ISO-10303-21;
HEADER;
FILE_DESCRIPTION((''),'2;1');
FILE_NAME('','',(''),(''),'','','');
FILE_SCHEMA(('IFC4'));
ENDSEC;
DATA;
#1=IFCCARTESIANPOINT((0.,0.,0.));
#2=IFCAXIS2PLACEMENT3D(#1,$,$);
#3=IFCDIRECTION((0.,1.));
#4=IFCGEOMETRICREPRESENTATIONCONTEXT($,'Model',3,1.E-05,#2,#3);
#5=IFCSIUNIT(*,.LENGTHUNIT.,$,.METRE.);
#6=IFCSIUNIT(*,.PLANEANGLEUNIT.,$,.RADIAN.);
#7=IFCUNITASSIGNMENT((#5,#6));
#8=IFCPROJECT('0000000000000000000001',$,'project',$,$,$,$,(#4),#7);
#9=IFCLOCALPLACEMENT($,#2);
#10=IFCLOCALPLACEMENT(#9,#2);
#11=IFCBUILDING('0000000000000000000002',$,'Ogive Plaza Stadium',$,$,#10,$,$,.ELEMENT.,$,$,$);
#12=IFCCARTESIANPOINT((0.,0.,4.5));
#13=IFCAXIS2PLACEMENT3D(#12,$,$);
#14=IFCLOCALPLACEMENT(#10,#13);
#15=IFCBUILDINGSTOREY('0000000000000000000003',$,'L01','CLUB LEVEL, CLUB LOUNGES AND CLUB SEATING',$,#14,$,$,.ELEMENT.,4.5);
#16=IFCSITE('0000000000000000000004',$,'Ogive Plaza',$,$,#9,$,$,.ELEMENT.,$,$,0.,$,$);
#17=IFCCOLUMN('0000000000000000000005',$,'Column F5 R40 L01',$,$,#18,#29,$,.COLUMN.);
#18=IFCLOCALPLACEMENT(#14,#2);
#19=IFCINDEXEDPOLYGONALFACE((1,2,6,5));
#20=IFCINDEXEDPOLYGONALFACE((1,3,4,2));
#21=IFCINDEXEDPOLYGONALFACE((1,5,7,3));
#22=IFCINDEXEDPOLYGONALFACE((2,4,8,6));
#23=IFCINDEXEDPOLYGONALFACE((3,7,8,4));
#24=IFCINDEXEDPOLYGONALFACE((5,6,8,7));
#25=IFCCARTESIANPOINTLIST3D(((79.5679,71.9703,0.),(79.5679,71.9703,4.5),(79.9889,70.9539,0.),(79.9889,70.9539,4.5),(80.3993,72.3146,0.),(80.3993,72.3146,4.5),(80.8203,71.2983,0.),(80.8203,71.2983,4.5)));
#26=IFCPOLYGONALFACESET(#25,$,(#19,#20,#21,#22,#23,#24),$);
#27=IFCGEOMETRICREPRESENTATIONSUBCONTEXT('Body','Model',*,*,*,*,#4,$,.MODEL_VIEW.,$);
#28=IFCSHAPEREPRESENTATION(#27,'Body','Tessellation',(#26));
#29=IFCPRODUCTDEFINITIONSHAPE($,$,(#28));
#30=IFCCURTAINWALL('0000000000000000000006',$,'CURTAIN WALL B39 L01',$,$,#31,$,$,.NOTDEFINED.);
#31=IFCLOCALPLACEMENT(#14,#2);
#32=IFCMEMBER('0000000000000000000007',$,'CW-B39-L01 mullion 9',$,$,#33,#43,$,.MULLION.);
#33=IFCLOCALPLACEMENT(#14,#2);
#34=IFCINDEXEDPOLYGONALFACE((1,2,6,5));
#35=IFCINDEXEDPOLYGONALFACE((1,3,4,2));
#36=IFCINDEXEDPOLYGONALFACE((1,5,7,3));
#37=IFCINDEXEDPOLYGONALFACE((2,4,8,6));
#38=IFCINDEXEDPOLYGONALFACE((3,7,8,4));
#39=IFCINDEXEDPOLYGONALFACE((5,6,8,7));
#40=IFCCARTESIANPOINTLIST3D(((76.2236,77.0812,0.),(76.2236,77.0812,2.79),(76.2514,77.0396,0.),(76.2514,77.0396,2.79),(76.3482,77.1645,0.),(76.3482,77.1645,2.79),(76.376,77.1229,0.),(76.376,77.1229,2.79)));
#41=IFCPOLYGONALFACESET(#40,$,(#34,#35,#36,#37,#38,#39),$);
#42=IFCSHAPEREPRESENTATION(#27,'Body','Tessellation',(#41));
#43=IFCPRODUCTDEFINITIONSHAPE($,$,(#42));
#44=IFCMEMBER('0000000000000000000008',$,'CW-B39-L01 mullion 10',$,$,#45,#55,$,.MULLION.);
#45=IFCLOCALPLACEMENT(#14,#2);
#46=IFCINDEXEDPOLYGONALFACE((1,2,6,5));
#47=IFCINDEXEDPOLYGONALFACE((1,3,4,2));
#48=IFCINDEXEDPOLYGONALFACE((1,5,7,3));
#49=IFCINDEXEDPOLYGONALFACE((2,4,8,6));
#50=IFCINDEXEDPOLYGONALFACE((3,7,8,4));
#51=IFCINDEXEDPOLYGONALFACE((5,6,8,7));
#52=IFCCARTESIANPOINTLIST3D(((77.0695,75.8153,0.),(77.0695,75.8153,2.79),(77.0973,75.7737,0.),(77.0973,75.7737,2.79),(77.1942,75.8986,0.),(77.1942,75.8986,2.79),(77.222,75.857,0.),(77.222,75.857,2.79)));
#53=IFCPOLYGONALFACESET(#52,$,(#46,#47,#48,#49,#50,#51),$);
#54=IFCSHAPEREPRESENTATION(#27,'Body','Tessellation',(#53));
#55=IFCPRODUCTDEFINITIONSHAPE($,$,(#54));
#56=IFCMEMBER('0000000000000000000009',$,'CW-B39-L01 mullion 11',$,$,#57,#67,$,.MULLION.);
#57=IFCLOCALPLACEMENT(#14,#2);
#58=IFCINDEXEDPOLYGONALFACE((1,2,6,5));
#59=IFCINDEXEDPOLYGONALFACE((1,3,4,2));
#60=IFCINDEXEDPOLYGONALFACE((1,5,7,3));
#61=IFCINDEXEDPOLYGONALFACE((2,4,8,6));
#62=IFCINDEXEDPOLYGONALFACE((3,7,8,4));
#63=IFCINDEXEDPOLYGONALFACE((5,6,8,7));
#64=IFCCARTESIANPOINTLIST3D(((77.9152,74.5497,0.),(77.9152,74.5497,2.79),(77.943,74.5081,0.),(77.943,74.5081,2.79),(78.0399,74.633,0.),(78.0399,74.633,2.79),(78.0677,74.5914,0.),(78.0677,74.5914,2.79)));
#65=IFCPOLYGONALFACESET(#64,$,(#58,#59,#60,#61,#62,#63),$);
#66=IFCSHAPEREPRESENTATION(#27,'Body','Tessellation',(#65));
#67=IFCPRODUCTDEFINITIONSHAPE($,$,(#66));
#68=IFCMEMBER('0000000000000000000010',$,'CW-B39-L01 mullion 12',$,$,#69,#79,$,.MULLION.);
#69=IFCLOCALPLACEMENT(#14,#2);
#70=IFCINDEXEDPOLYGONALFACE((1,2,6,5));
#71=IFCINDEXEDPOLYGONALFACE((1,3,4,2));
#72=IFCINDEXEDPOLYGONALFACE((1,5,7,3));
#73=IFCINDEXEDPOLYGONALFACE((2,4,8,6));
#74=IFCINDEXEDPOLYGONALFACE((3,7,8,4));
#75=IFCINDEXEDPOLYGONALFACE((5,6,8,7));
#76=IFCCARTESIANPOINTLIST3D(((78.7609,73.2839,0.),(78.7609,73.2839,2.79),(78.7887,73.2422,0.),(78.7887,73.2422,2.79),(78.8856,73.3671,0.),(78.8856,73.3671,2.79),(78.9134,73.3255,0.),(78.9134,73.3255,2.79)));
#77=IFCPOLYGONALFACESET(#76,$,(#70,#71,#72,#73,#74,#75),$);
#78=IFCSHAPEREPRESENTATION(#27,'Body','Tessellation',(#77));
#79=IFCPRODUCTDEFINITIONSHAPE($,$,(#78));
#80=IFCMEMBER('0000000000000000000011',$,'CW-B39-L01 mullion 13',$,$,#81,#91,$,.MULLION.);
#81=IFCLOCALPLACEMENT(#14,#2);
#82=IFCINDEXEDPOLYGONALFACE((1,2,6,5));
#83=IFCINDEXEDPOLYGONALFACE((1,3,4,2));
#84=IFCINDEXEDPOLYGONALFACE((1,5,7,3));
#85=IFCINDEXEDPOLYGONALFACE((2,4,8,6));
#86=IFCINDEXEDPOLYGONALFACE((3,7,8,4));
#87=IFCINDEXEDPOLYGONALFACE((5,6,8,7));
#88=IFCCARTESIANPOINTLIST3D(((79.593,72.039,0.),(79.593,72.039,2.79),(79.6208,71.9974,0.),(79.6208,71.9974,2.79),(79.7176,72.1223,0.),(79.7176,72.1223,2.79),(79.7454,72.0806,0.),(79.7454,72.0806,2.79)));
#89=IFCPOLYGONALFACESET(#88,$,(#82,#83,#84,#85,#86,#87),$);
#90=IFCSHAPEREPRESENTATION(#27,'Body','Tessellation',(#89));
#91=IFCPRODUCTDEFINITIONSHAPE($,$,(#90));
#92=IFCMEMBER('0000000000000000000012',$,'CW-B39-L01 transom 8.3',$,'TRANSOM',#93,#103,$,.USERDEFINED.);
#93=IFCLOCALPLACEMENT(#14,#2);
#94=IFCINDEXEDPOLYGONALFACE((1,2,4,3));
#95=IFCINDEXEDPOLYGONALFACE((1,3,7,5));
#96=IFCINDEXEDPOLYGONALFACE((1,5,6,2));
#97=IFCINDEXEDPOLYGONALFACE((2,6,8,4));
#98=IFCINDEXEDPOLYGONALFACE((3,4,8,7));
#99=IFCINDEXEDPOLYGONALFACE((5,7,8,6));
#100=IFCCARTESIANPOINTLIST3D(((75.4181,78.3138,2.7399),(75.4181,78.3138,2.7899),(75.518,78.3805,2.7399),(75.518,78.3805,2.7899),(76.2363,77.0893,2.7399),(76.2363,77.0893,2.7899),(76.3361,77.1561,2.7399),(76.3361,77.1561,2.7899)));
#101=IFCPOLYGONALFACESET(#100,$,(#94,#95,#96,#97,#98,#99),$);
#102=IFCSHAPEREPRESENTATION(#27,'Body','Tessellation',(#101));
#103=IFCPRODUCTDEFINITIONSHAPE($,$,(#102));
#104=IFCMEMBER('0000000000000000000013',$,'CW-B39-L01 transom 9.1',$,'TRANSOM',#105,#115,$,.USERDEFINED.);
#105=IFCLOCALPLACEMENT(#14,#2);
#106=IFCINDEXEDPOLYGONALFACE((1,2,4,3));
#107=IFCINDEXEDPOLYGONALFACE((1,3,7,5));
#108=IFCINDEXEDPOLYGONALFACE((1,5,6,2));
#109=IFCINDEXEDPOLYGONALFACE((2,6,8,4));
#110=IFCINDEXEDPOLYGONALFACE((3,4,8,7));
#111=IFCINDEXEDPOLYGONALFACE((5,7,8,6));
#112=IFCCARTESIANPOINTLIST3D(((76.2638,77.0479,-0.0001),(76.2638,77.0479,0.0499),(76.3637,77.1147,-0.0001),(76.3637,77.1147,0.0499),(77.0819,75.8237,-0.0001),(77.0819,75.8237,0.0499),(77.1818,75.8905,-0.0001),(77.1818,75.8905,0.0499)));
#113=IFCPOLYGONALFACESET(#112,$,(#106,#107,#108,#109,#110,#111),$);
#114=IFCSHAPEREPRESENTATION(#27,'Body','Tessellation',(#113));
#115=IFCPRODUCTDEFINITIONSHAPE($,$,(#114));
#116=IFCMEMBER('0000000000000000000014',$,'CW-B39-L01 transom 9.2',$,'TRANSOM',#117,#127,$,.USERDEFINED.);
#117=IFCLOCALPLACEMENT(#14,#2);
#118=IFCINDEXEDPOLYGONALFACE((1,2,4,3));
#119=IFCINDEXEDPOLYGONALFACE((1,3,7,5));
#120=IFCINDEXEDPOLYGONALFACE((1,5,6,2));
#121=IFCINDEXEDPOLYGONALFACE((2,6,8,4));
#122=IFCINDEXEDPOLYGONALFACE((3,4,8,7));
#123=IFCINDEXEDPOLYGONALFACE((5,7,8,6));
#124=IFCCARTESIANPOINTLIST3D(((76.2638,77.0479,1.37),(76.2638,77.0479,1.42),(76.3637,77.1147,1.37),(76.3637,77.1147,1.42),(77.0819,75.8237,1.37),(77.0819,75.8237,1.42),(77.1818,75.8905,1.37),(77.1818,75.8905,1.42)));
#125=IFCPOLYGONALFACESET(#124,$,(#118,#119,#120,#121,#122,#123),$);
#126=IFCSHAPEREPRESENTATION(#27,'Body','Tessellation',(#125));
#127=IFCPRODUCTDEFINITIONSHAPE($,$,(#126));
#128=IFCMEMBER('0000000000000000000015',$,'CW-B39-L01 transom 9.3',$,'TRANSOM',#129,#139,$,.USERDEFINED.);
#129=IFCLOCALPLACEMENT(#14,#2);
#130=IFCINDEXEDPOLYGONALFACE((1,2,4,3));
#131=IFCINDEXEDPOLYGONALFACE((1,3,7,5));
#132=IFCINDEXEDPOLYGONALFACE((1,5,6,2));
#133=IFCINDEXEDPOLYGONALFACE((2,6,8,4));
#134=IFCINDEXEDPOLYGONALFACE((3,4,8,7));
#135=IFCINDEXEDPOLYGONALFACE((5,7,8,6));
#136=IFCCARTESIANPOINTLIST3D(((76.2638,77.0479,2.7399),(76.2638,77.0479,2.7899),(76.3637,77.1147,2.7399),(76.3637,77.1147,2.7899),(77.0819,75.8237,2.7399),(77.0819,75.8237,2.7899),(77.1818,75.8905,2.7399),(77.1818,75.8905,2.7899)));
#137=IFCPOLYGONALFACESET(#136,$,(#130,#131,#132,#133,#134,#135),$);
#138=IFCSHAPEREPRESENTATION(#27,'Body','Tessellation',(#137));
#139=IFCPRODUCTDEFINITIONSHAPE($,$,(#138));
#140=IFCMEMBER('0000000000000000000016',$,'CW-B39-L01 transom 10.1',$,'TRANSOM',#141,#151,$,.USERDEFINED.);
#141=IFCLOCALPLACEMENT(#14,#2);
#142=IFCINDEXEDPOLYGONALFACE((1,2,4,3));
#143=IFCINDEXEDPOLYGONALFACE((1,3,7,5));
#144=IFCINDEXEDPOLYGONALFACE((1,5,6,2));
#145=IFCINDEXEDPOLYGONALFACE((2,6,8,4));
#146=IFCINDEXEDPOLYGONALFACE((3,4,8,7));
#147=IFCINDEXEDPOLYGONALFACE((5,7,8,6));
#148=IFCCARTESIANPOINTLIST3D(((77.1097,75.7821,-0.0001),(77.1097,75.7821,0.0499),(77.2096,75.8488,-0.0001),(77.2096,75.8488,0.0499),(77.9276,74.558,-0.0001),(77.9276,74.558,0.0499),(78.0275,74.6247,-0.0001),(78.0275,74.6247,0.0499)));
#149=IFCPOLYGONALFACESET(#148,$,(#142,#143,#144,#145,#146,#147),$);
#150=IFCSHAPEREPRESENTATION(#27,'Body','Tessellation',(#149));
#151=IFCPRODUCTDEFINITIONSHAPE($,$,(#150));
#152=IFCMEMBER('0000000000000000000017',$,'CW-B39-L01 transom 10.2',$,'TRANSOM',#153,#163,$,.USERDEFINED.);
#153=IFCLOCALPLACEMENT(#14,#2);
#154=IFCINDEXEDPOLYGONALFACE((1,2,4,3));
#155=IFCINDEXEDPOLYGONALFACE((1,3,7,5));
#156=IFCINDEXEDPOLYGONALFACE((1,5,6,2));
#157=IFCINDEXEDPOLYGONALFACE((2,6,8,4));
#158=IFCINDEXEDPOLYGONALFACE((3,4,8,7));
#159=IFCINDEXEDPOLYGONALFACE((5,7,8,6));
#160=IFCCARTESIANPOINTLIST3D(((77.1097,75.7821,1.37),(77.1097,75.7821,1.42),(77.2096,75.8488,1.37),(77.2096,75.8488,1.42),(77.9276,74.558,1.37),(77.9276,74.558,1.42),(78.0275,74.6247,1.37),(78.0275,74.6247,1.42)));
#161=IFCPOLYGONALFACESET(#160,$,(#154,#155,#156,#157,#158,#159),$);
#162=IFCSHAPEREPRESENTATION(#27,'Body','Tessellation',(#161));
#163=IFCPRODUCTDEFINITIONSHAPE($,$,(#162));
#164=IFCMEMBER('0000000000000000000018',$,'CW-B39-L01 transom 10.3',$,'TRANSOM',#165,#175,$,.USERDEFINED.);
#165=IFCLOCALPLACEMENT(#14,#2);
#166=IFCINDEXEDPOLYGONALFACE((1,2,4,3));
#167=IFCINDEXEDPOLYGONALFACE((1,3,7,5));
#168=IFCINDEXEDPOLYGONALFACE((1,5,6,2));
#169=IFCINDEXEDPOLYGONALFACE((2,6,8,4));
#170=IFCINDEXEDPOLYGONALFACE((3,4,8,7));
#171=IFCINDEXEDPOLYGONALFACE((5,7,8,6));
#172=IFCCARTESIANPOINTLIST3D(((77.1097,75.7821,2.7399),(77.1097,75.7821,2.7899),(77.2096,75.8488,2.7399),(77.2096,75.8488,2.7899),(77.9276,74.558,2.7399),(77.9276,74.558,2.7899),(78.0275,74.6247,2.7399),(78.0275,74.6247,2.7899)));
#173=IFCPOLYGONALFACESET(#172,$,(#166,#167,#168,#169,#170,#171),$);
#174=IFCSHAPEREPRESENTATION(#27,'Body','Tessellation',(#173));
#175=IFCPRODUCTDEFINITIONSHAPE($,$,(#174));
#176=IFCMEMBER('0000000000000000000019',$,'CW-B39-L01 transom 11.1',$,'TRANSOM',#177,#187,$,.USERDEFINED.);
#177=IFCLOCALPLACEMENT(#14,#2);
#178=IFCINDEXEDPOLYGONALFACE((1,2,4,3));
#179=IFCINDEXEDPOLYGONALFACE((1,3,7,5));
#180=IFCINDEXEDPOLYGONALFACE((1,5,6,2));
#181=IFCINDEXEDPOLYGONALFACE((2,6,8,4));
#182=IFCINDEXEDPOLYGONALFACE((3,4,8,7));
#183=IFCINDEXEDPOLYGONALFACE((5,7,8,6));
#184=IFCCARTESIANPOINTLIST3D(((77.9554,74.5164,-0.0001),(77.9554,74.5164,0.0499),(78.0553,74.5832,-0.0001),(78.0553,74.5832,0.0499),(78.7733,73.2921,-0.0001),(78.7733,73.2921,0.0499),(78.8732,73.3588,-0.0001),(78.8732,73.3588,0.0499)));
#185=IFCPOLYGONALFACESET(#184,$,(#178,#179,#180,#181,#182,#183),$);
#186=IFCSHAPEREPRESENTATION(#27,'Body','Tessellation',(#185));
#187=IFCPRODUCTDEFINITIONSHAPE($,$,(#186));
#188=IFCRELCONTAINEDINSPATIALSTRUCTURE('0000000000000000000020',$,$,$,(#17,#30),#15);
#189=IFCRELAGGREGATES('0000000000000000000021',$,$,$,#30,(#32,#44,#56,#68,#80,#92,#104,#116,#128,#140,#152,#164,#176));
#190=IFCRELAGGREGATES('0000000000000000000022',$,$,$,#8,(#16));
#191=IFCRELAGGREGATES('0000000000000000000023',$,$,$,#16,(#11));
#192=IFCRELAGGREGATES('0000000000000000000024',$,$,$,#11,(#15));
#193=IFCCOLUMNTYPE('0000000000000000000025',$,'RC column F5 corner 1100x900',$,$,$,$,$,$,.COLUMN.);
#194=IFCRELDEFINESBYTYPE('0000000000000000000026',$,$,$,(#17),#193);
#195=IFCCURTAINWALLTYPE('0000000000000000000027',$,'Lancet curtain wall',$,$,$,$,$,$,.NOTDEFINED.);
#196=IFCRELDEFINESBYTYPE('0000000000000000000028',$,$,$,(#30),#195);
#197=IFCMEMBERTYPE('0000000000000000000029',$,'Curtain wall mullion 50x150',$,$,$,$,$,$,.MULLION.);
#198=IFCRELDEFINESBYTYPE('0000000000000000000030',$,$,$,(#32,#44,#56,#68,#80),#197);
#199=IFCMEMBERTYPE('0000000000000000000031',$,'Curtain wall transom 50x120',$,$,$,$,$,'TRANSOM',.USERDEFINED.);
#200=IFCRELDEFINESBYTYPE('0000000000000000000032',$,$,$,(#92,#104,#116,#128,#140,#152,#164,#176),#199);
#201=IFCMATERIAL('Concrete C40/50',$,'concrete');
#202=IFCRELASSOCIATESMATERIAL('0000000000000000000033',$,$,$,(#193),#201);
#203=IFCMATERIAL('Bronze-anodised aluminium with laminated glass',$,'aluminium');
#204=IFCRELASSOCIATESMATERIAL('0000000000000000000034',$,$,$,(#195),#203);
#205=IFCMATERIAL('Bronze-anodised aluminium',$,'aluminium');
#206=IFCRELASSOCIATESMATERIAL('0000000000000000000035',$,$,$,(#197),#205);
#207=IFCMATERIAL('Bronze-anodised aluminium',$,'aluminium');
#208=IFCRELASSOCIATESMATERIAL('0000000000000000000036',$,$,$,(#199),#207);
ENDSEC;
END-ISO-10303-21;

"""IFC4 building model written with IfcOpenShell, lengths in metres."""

from ifc_helpers import new_model, si_unit, direction, frame, origin, origin_2d, place, context, subcontext, project, spatial, rectangle, extrude, material, material_profile, profile_set, type_object, element, aggregate, save


model = new_model("IFC4")

# Units and contexts
model_context = context("Model", 3, precision=1e-05, world=origin(), true_north=direction((0.0, 1.0)))
body_context = subcontext(model_context, "Body", "Model", "MODEL_VIEW")
ifc_project = project(units=[si_unit("LENGTHUNIT", "METRE"), si_unit("PLANEANGLEUNIT", "RADIAN")], contexts=[model_context])

# Site, building, storey
site_placement = place(None, origin())
site = spatial("IfcSite", under=ifc_project, at=site_placement, Name="Ogive Plaza", CompositionType="ELEMENT", RefElevation=0.0)
building_placement = place(site_placement, origin())
building = spatial("IfcBuilding", under=site, at=building_placement, Name="Ogive Plaza Stadium", CompositionType="ELEMENT")
storey_placement = place(building_placement, frame((0.0, 0.0, 4.5)))
storey = spatial("IfcBuildingStorey", under=building, at=storey_placement, Name="L01", Description="CLUB LEVEL, CLUB LOUNGES AND CLUB SEATING", CompositionType="ELEMENT", Elevation=4.5)

# Column
ifc_material_1 = material(Name="Concrete C40/50", Category="concrete")
ifc_material_profile_1 = material_profile(ifc_material_1, rectangle(XDim=1.1001, YDim=0.8999, at=origin_2d()), Name="RC 1100x900")
ifc_profile_set_1 = profile_set([ifc_material_profile_1], Name="Concrete C40/50")
column_type = type_object("IfcColumnType", Name="RC column F5 corner 1100x900", PredefinedType="COLUMN", material=ifc_profile_set_1)
column_placement = place(storey_placement, frame((80.1941, 71.6343, 0.0), z_axis=(0.0, 0.0, 1.0), x_axis=(-0.382683, 0.92388, 0.0)))
element("IfcColumn", 1, at=column_placement, inside=storey, type_object=column_type, Name="Column F5 R40 L01", PredefinedType="COLUMN", context=body_context, shape_type="SweptSolid", body=[
    extrude(rectangle(XDim=1.1001, YDim=0.8999, at=origin_2d()), origin(), (0.0, 0.0, 1.0), 4.5),
])

# Curtain wall, members
ifc_material_2 = material(Name="Bronze-anodised aluminium with laminated glass", Category="aluminium")
curtain_wall_type = type_object("IfcCurtainWallType", Name="Lancet curtain wall", PredefinedType="NOTDEFINED", material=ifc_material_2)
curtain_wall_placement = place(storey_placement, origin())
curtain_wall = element("IfcCurtainWall", 2, at=curtain_wall_placement, inside=storey, type_object=curtain_wall_type, Name="CURTAIN WALL B39 L01", PredefinedType="NOTDEFINED")
ifc_material_3 = material(Name="Bronze-anodised aluminium", Category="aluminium")
ifc_material_profile_2 = material_profile(ifc_material_3, rectangle(XDim=0.1499, YDim=0.05, at=origin_2d()), Name="AL 150x50")
ifc_profile_set_2 = profile_set([ifc_material_profile_2], Name="Bronze-anodised aluminium")
member_type_1 = type_object("IfcMemberType", Name="Curtain wall mullion 50x150", PredefinedType="MULLION", material=ifc_profile_set_2)
member_1_placement = place(storey_placement, frame((76.2998, 77.1021, 0.0), z_axis=(0.0, 0.0, 1.0), x_axis=(0.83147, 0.55557, 0.0)))
member_1 = element("IfcMember", 3, at=member_1_placement, type_object=member_type_1, Name="CW-B39-L01 mullion 9", PredefinedType="MULLION", context=body_context, shape_type="SweptSolid", body=[
    extrude(rectangle(XDim=0.1499, YDim=0.05, at=origin_2d()), origin(), (0.0, 0.0, 1.0), 2.79),
])
member_2_placement = place(storey_placement, frame((77.1458, 75.8362, 0.0), z_axis=(0.0, 0.0, 1.0), x_axis=(0.83147, 0.55557, 0.0)))
member_2 = element("IfcMember", 4, at=member_2_placement, type_object=member_type_1, Name="CW-B39-L01 mullion 10", PredefinedType="MULLION", context=body_context, shape_type="SweptSolid", body=[
    extrude(rectangle(XDim=0.1499, YDim=0.05, at=origin_2d()), origin(), (0.0, 0.0, 1.0), 2.79),
])
member_3_placement = place(storey_placement, frame((77.9915, 74.5706, 0.0), z_axis=(0.0, 0.0, 1.0), x_axis=(0.83147, 0.55557, 0.0)))
member_3 = element("IfcMember", 5, at=member_3_placement, type_object=member_type_1, Name="CW-B39-L01 mullion 11", PredefinedType="MULLION", context=body_context, shape_type="SweptSolid", body=[
    extrude(rectangle(XDim=0.1499, YDim=0.05, at=origin_2d()), origin(), (0.0, 0.0, 1.0), 2.79),
])
member_4_placement = place(storey_placement, frame((78.8372, 73.3047, 0.0), z_axis=(0.0, 0.0, 1.0), x_axis=(0.83147, 0.55557, 0.0)))
member_4 = element("IfcMember", 6, at=member_4_placement, type_object=member_type_1, Name="CW-B39-L01 mullion 12", PredefinedType="MULLION", context=body_context, shape_type="SweptSolid", body=[
    extrude(rectangle(XDim=0.1499, YDim=0.05, at=origin_2d()), origin(), (0.0, 0.0, 1.0), 2.79),
])
member_5_placement = place(storey_placement, frame((79.6692, 72.0598, 0.0), z_axis=(0.0, 0.0, 1.0), x_axis=(0.83147, 0.55557, 0.0)))
member_5 = element("IfcMember", 7, at=member_5_placement, type_object=member_type_1, Name="CW-B39-L01 mullion 13", PredefinedType="MULLION", context=body_context, shape_type="SweptSolid", body=[
    extrude(rectangle(XDim=0.1499, YDim=0.05, at=origin_2d()), origin(), (0.0, 0.0, 1.0), 2.79),
])
ifc_material_4 = material(Name="Bronze-anodised aluminium", Category="aluminium")
ifc_material_profile_3 = material_profile(ifc_material_4, rectangle(XDim=0.1201, YDim=0.05, at=origin_2d()), Name="AL 120x50")
ifc_profile_set_3 = profile_set([ifc_material_profile_3], Name="Bronze-anodised aluminium")
member_type_2 = type_object("IfcMemberType", Name="Curtain wall transom 50x120", ElementType="TRANSOM", PredefinedType="USERDEFINED", material=ifc_profile_set_3)
member_6_placement = place(storey_placement, frame((75.468, 78.3472, 2.7649), z_axis=(0.55558, -0.831463, 0.0), x_axis=(0.831463, 0.55558, 0.0)))
member_6 = element("IfcMember", 8, at=member_6_placement, type_object=member_type_2, Name="CW-B39-L01 transom 8.3", ObjectType="TRANSOM", PredefinedType="USERDEFINED", context=body_context, shape_type="SweptSolid", body=[
    extrude(rectangle(XDim=0.1201, YDim=0.05, at=origin_2d()), origin(), (0.0, 0.0, 1.0), 1.4727),
])
member_7_placement = place(storey_placement, frame((76.3137, 77.0813, 0.0249), z_axis=(0.555656, -0.831412, 0.0), x_axis=(0.831412, 0.555656, 0.0)))
member_7 = element("IfcMember", 9, at=member_7_placement, type_object=member_type_2, Name="CW-B39-L01 transom 9.1", ObjectType="TRANSOM", PredefinedType="USERDEFINED", context=body_context, shape_type="SweptSolid", body=[
    extrude(rectangle(XDim=0.1201, YDim=0.05, at=origin_2d()), origin(), (0.0, 0.0, 1.0), 1.4724),
])
member_8_placement = place(storey_placement, frame((76.3137, 77.0813, 1.395), z_axis=(0.555656, -0.831412, 0.0), x_axis=(0.831412, 0.555656, 0.0)))
member_8 = element("IfcMember", 10, at=member_8_placement, type_object=member_type_2, Name="CW-B39-L01 transom 9.2", ObjectType="TRANSOM", PredefinedType="USERDEFINED", context=body_context, shape_type="SweptSolid", body=[
    extrude(rectangle(XDim=0.1201, YDim=0.05, at=origin_2d()), origin(), (0.0, 0.0, 1.0), 1.4724),
])
member_9_placement = place(storey_placement, frame((76.3137, 77.0813, 2.7649), z_axis=(0.555656, -0.831412, 0.0), x_axis=(0.831412, 0.555656, 0.0)))
member_9 = element("IfcMember", 11, at=member_9_placement, type_object=member_type_2, Name="CW-B39-L01 transom 9.3", ObjectType="TRANSOM", PredefinedType="USERDEFINED", context=body_context, shape_type="SweptSolid", body=[
    extrude(rectangle(XDim=0.1201, YDim=0.05, at=origin_2d()), origin(), (0.0, 0.0, 1.0), 1.4724),
])
member_10_placement = place(storey_placement, frame((77.1597, 75.8154, 0.0249), z_axis=(0.555542, -0.831489, 0.0), x_axis=(0.831489, 0.555542, 0.0)))
member_10 = element("IfcMember", 12, at=member_10_placement, type_object=member_type_2, Name="CW-B39-L01 transom 10.1", ObjectType="TRANSOM", PredefinedType="USERDEFINED", context=body_context, shape_type="SweptSolid", body=[
    extrude(rectangle(XDim=0.1201, YDim=0.05, at=origin_2d()), origin(), (0.0, 0.0, 1.0), 1.4722),
])
member_11_placement = place(storey_placement, frame((77.1597, 75.8154, 1.395), z_axis=(0.555542, -0.831489, 0.0), x_axis=(0.831489, 0.555542, 0.0)))
member_11 = element("IfcMember", 13, at=member_11_placement, type_object=member_type_2, Name="CW-B39-L01 transom 10.2", ObjectType="TRANSOM", PredefinedType="USERDEFINED", context=body_context, shape_type="SweptSolid", body=[
    extrude(rectangle(XDim=0.1201, YDim=0.05, at=origin_2d()), origin(), (0.0, 0.0, 1.0), 1.4722),
])
member_12_placement = place(storey_placement, frame((77.1597, 75.8154, 2.7649), z_axis=(0.555542, -0.831489, 0.0), x_axis=(0.831489, 0.555542, 0.0)))
member_12 = element("IfcMember", 14, at=member_12_placement, type_object=member_type_2, Name="CW-B39-L01 transom 10.3", ObjectType="TRANSOM", PredefinedType="USERDEFINED", context=body_context, shape_type="SweptSolid", body=[
    extrude(rectangle(XDim=0.1201, YDim=0.05, at=origin_2d()), origin(), (0.0, 0.0, 1.0), 1.4722),
])
member_13_placement = place(storey_placement, frame((78.0054, 74.5498, 0.0249), z_axis=(0.555465, -0.83154, 0.0), x_axis=(0.83154, 0.555465, 0.0)))
member_13 = element("IfcMember", 15, at=member_13_placement, type_object=member_type_2, Name="CW-B39-L01 transom 11.1", ObjectType="TRANSOM", PredefinedType="USERDEFINED", context=body_context, shape_type="SweptSolid", body=[
    extrude(rectangle(XDim=0.1201, YDim=0.05, at=origin_2d()), origin(), (0.0, 0.0, 1.0), 1.4724),
])

aggregate(curtain_wall, [member_1, member_2, member_3, member_4, member_5, member_6, member_7, member_8, member_9, member_10, member_11, member_12, member_13])

save(model, "model.ifc")
